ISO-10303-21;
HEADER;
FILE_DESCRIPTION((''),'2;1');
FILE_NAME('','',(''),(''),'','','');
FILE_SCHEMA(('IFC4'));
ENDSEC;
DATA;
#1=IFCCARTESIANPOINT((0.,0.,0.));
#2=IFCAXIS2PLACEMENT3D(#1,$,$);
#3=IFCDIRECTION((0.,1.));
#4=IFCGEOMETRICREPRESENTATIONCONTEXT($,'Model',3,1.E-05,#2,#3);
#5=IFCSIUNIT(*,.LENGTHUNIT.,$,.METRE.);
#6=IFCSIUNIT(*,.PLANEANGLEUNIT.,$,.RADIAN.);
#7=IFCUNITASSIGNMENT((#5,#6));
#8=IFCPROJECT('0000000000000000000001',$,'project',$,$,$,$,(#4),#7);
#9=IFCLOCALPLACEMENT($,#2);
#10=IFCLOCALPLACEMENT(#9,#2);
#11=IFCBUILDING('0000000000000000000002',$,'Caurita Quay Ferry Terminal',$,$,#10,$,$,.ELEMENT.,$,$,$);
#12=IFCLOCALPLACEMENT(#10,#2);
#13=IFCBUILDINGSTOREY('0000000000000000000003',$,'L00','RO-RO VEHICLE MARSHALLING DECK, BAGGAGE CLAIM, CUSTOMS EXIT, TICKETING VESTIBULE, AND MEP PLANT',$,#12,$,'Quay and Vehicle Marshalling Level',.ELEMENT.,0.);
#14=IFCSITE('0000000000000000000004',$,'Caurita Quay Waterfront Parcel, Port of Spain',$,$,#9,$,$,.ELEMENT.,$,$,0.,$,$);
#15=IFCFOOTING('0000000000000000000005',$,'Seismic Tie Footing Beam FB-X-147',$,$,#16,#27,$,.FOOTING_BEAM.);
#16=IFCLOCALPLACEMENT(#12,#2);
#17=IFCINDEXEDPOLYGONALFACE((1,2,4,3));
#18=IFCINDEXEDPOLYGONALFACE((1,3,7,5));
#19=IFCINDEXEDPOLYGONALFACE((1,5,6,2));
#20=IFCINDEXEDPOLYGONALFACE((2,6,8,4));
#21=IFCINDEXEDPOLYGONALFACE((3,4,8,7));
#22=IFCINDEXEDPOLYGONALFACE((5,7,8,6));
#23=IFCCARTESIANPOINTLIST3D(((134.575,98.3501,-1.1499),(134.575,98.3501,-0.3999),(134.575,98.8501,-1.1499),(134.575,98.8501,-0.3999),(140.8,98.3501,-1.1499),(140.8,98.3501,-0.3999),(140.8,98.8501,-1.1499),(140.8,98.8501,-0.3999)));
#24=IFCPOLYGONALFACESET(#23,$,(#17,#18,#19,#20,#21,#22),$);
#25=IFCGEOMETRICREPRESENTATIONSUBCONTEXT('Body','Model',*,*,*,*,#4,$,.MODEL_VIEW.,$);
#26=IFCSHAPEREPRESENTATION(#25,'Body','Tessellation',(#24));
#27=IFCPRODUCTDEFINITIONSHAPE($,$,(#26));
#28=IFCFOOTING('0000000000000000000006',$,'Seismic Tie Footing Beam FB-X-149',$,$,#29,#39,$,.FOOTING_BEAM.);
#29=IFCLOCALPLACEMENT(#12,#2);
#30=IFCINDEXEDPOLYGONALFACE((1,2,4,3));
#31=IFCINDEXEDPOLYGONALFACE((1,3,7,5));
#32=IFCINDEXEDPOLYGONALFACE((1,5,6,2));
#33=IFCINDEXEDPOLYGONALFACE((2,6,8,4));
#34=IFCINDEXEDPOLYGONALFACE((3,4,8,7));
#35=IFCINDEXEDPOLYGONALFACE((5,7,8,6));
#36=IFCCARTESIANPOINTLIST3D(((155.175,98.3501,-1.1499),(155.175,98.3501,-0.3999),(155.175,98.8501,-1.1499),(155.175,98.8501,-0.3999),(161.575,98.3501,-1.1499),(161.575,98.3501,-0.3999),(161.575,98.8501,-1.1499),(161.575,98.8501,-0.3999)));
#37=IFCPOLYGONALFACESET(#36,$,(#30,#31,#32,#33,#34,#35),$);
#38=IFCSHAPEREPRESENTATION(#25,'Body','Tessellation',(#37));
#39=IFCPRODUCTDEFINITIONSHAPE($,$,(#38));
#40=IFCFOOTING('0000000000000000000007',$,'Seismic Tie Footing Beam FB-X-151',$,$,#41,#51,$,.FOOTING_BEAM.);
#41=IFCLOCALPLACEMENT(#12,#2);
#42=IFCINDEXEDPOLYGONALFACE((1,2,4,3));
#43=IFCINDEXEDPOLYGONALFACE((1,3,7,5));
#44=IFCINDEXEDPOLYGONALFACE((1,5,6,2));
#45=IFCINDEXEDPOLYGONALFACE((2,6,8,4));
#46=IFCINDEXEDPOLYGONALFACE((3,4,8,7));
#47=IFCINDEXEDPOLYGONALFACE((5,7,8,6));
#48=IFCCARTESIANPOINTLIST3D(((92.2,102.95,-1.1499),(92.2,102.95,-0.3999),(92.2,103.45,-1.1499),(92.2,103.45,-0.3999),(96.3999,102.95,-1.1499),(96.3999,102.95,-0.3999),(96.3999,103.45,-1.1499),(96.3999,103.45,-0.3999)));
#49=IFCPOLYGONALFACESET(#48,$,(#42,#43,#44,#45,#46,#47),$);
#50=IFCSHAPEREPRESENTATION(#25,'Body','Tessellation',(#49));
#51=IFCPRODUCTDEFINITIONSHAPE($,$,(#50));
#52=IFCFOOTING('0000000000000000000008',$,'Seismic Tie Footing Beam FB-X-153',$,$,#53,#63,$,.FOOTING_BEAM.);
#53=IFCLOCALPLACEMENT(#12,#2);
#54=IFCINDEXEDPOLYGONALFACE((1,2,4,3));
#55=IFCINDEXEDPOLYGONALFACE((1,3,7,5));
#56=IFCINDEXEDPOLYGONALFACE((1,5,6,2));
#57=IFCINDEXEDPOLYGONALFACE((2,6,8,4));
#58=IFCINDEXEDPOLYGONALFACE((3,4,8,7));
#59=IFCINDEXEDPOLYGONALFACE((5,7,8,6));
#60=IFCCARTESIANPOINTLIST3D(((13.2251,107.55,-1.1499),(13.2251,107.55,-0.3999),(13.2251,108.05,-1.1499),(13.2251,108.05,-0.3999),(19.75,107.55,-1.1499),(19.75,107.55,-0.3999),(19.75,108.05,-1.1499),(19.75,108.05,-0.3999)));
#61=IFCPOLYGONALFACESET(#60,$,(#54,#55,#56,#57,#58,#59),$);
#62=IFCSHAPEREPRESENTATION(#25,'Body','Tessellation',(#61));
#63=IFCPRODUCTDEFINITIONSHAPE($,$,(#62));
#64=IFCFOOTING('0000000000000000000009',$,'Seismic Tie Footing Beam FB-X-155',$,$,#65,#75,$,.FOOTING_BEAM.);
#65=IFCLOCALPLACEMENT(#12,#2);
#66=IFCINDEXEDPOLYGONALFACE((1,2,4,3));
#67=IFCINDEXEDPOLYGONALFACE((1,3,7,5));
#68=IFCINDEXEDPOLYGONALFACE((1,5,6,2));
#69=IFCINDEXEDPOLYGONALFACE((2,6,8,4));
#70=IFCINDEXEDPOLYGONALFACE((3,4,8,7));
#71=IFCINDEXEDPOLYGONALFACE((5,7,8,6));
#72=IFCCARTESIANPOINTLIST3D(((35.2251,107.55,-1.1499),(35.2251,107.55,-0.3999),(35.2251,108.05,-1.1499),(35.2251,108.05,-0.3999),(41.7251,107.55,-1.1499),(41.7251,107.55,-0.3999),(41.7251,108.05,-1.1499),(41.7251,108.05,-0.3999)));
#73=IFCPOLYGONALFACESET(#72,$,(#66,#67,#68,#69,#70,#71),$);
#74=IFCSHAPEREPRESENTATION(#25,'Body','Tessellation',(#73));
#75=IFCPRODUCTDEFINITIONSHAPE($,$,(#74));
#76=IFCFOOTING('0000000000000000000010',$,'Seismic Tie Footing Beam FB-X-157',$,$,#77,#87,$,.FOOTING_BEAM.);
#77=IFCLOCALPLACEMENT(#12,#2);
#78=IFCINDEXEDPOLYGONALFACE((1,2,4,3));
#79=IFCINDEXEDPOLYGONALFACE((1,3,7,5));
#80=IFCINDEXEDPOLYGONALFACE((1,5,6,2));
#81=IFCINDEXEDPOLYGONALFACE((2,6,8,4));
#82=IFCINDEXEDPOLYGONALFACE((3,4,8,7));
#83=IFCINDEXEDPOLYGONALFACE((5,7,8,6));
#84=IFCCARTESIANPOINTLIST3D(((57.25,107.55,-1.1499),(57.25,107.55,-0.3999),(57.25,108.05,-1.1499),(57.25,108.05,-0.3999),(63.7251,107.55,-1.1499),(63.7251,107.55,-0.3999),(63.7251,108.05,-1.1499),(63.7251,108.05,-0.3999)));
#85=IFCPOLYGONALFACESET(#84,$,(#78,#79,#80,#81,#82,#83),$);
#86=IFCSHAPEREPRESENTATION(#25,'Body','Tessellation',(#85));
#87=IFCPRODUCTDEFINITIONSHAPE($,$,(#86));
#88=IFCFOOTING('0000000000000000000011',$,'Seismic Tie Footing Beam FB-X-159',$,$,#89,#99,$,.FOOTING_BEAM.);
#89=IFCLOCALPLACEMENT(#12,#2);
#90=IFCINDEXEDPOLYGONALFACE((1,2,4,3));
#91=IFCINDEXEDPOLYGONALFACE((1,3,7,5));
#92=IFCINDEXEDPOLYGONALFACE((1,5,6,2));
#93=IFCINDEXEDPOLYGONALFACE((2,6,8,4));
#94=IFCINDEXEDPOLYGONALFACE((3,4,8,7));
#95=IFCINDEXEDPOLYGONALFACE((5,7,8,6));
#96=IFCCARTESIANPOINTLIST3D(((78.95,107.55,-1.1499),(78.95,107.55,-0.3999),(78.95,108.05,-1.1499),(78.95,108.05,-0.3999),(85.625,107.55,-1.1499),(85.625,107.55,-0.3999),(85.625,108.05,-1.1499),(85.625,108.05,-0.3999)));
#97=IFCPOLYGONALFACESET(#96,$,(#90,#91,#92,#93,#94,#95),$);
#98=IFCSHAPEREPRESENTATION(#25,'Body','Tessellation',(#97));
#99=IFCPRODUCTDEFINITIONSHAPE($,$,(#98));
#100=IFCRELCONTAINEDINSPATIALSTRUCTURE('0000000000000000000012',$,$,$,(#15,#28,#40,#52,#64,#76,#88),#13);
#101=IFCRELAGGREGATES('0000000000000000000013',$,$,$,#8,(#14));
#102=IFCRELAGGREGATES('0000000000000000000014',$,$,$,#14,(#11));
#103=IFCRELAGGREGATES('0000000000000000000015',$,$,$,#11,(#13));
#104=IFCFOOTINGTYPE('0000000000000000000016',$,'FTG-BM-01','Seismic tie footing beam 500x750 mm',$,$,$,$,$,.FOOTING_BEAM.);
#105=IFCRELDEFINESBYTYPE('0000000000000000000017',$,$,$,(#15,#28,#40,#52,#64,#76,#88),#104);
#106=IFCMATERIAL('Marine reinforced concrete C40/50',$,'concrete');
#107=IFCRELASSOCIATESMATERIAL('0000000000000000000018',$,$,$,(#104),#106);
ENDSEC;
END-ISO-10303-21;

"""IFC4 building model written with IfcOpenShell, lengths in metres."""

from ifc_helpers import new_model, si_unit, direction, frame, origin, place, context, subcontext, project, spatial, polyline, outline, extrude, material, type_object, element, save


model = new_model("IFC4")

# Units and contexts
model_context = context("Model", 3, precision=1e-05, world=origin(), true_north=direction((0.0, 1.0)))
body_context = subcontext(model_context, "Body", "Model", "MODEL_VIEW")
ifc_project = project(units=[si_unit("LENGTHUNIT", "METRE"), si_unit("PLANEANGLEUNIT", "RADIAN")], contexts=[model_context])

# Site, building, storey
site_placement = place(None, origin())
site = spatial("IfcSite", under=ifc_project, at=site_placement, Name="Caurita Quay Waterfront Parcel, Port of Spain", CompositionType="ELEMENT", RefElevation=0.0)
building_placement = place(site_placement, origin())
building = spatial("IfcBuilding", under=site, at=building_placement, Name="Caurita Quay Ferry Terminal", CompositionType="ELEMENT")
storey_placement = place(building_placement, origin())
storey = spatial("IfcBuildingStorey", under=building, at=storey_placement, Name="L00", Description="RO-RO VEHICLE MARSHALLING DECK, BAGGAGE CLAIM, CUSTOMS EXIT, TICKETING VESTIBULE, AND MEP PLANT", LongName="Quay and Vehicle Marshalling Level", CompositionType="ELEMENT", Elevation=0.0)

# Footings
ifc_material = material(Name="Marine reinforced concrete C40/50", Category="concrete")
footing_type = type_object("IfcFootingType", Name="FTG-BM-01", Description="Seismic tie footing beam 500x750 mm", PredefinedType="FOOTING_BEAM", material=ifc_material)
footing_1_placement = place(storey_placement, frame((0.0, 0.0, -1.1499)))
element("IfcFooting", 1, at=footing_1_placement, inside=storey, type_object=footing_type, Name="Seismic Tie Footing Beam FB-X-147", PredefinedType="FOOTING_BEAM", context=body_context, shape_type="SweptSolid", body=[
    extrude(outline(polyline([(134.575, 98.3501), (140.8, 98.3501), (140.8, 98.8501), (134.575, 98.8501), (134.575, 98.3501)])), origin(), (0.0, 0.0, 1.0), 0.75),
])
footing_2_placement = place(storey_placement, frame((0.0, 0.0, -1.1499)))
element("IfcFooting", 2, at=footing_2_placement, inside=storey, type_object=footing_type, Name="Seismic Tie Footing Beam FB-X-149", PredefinedType="FOOTING_BEAM", context=body_context, shape_type="SweptSolid", body=[
    extrude(outline(polyline([(155.175, 98.3501), (161.575, 98.3501), (161.575, 98.8501), (155.175, 98.8501), (155.175, 98.3501)])), origin(), (0.0, 0.0, 1.0), 0.75),
])
footing_3_placement = place(storey_placement, frame((0.0, 0.0, -1.1499)))
element("IfcFooting", 3, at=footing_3_placement, inside=storey, type_object=footing_type, Name="Seismic Tie Footing Beam FB-X-151", PredefinedType="FOOTING_BEAM", context=body_context, shape_type="SweptSolid", body=[
    extrude(outline(polyline([(92.2, 102.95), (96.3999, 102.95), (96.3999, 103.45), (92.2, 103.45), (92.2, 102.95)])), origin(), (0.0, 0.0, 1.0), 0.75),
])
footing_4_placement = place(storey_placement, frame((0.0, 0.0, -1.1499)))
element("IfcFooting", 4, at=footing_4_placement, inside=storey, type_object=footing_type, Name="Seismic Tie Footing Beam FB-X-153", PredefinedType="FOOTING_BEAM", context=body_context, shape_type="SweptSolid", body=[
    extrude(outline(polyline([(13.2251, 107.55), (19.75, 107.55), (19.75, 108.05), (13.2251, 108.05), (13.2251, 107.55)])), origin(), (0.0, 0.0, 1.0), 0.75),
])
footing_5_placement = place(storey_placement, frame((0.0, 0.0, -1.1499)))
element("IfcFooting", 5, at=footing_5_placement, inside=storey, type_object=footing_type, Name="Seismic Tie Footing Beam FB-X-155", PredefinedType="FOOTING_BEAM", context=body_context, shape_type="SweptSolid", body=[
    extrude(outline(polyline([(35.2251, 107.55), (41.7251, 107.55), (41.7251, 108.05), (35.2251, 108.05), (35.2251, 107.55)])), origin(), (0.0, 0.0, 1.0), 0.75),
])
footing_6_placement = place(storey_placement, frame((0.0, 0.0, -1.1499)))
element("IfcFooting", 6, at=footing_6_placement, inside=storey, type_object=footing_type, Name="Seismic Tie Footing Beam FB-X-157", PredefinedType="FOOTING_BEAM", context=body_context, shape_type="SweptSolid", body=[
    extrude(outline(polyline([(57.25, 107.55), (63.7251, 107.55), (63.7251, 108.05), (57.25, 108.05), (57.25, 107.55)])), origin(), (0.0, 0.0, 1.0), 0.75),
])
footing_7_placement = place(storey_placement, frame((0.0, 0.0, -1.1499)))
element("IfcFooting", 7, at=footing_7_placement, inside=storey, type_object=footing_type, Name="Seismic Tie Footing Beam FB-X-159", PredefinedType="FOOTING_BEAM", context=body_context, shape_type="SweptSolid", body=[
    extrude(outline(polyline([(78.95, 107.55), (85.625, 107.55), (85.625, 108.05), (78.95, 108.05), (78.95, 107.55)])), origin(), (0.0, 0.0, 1.0), 0.75),
])

save(model, "model.ifc")
